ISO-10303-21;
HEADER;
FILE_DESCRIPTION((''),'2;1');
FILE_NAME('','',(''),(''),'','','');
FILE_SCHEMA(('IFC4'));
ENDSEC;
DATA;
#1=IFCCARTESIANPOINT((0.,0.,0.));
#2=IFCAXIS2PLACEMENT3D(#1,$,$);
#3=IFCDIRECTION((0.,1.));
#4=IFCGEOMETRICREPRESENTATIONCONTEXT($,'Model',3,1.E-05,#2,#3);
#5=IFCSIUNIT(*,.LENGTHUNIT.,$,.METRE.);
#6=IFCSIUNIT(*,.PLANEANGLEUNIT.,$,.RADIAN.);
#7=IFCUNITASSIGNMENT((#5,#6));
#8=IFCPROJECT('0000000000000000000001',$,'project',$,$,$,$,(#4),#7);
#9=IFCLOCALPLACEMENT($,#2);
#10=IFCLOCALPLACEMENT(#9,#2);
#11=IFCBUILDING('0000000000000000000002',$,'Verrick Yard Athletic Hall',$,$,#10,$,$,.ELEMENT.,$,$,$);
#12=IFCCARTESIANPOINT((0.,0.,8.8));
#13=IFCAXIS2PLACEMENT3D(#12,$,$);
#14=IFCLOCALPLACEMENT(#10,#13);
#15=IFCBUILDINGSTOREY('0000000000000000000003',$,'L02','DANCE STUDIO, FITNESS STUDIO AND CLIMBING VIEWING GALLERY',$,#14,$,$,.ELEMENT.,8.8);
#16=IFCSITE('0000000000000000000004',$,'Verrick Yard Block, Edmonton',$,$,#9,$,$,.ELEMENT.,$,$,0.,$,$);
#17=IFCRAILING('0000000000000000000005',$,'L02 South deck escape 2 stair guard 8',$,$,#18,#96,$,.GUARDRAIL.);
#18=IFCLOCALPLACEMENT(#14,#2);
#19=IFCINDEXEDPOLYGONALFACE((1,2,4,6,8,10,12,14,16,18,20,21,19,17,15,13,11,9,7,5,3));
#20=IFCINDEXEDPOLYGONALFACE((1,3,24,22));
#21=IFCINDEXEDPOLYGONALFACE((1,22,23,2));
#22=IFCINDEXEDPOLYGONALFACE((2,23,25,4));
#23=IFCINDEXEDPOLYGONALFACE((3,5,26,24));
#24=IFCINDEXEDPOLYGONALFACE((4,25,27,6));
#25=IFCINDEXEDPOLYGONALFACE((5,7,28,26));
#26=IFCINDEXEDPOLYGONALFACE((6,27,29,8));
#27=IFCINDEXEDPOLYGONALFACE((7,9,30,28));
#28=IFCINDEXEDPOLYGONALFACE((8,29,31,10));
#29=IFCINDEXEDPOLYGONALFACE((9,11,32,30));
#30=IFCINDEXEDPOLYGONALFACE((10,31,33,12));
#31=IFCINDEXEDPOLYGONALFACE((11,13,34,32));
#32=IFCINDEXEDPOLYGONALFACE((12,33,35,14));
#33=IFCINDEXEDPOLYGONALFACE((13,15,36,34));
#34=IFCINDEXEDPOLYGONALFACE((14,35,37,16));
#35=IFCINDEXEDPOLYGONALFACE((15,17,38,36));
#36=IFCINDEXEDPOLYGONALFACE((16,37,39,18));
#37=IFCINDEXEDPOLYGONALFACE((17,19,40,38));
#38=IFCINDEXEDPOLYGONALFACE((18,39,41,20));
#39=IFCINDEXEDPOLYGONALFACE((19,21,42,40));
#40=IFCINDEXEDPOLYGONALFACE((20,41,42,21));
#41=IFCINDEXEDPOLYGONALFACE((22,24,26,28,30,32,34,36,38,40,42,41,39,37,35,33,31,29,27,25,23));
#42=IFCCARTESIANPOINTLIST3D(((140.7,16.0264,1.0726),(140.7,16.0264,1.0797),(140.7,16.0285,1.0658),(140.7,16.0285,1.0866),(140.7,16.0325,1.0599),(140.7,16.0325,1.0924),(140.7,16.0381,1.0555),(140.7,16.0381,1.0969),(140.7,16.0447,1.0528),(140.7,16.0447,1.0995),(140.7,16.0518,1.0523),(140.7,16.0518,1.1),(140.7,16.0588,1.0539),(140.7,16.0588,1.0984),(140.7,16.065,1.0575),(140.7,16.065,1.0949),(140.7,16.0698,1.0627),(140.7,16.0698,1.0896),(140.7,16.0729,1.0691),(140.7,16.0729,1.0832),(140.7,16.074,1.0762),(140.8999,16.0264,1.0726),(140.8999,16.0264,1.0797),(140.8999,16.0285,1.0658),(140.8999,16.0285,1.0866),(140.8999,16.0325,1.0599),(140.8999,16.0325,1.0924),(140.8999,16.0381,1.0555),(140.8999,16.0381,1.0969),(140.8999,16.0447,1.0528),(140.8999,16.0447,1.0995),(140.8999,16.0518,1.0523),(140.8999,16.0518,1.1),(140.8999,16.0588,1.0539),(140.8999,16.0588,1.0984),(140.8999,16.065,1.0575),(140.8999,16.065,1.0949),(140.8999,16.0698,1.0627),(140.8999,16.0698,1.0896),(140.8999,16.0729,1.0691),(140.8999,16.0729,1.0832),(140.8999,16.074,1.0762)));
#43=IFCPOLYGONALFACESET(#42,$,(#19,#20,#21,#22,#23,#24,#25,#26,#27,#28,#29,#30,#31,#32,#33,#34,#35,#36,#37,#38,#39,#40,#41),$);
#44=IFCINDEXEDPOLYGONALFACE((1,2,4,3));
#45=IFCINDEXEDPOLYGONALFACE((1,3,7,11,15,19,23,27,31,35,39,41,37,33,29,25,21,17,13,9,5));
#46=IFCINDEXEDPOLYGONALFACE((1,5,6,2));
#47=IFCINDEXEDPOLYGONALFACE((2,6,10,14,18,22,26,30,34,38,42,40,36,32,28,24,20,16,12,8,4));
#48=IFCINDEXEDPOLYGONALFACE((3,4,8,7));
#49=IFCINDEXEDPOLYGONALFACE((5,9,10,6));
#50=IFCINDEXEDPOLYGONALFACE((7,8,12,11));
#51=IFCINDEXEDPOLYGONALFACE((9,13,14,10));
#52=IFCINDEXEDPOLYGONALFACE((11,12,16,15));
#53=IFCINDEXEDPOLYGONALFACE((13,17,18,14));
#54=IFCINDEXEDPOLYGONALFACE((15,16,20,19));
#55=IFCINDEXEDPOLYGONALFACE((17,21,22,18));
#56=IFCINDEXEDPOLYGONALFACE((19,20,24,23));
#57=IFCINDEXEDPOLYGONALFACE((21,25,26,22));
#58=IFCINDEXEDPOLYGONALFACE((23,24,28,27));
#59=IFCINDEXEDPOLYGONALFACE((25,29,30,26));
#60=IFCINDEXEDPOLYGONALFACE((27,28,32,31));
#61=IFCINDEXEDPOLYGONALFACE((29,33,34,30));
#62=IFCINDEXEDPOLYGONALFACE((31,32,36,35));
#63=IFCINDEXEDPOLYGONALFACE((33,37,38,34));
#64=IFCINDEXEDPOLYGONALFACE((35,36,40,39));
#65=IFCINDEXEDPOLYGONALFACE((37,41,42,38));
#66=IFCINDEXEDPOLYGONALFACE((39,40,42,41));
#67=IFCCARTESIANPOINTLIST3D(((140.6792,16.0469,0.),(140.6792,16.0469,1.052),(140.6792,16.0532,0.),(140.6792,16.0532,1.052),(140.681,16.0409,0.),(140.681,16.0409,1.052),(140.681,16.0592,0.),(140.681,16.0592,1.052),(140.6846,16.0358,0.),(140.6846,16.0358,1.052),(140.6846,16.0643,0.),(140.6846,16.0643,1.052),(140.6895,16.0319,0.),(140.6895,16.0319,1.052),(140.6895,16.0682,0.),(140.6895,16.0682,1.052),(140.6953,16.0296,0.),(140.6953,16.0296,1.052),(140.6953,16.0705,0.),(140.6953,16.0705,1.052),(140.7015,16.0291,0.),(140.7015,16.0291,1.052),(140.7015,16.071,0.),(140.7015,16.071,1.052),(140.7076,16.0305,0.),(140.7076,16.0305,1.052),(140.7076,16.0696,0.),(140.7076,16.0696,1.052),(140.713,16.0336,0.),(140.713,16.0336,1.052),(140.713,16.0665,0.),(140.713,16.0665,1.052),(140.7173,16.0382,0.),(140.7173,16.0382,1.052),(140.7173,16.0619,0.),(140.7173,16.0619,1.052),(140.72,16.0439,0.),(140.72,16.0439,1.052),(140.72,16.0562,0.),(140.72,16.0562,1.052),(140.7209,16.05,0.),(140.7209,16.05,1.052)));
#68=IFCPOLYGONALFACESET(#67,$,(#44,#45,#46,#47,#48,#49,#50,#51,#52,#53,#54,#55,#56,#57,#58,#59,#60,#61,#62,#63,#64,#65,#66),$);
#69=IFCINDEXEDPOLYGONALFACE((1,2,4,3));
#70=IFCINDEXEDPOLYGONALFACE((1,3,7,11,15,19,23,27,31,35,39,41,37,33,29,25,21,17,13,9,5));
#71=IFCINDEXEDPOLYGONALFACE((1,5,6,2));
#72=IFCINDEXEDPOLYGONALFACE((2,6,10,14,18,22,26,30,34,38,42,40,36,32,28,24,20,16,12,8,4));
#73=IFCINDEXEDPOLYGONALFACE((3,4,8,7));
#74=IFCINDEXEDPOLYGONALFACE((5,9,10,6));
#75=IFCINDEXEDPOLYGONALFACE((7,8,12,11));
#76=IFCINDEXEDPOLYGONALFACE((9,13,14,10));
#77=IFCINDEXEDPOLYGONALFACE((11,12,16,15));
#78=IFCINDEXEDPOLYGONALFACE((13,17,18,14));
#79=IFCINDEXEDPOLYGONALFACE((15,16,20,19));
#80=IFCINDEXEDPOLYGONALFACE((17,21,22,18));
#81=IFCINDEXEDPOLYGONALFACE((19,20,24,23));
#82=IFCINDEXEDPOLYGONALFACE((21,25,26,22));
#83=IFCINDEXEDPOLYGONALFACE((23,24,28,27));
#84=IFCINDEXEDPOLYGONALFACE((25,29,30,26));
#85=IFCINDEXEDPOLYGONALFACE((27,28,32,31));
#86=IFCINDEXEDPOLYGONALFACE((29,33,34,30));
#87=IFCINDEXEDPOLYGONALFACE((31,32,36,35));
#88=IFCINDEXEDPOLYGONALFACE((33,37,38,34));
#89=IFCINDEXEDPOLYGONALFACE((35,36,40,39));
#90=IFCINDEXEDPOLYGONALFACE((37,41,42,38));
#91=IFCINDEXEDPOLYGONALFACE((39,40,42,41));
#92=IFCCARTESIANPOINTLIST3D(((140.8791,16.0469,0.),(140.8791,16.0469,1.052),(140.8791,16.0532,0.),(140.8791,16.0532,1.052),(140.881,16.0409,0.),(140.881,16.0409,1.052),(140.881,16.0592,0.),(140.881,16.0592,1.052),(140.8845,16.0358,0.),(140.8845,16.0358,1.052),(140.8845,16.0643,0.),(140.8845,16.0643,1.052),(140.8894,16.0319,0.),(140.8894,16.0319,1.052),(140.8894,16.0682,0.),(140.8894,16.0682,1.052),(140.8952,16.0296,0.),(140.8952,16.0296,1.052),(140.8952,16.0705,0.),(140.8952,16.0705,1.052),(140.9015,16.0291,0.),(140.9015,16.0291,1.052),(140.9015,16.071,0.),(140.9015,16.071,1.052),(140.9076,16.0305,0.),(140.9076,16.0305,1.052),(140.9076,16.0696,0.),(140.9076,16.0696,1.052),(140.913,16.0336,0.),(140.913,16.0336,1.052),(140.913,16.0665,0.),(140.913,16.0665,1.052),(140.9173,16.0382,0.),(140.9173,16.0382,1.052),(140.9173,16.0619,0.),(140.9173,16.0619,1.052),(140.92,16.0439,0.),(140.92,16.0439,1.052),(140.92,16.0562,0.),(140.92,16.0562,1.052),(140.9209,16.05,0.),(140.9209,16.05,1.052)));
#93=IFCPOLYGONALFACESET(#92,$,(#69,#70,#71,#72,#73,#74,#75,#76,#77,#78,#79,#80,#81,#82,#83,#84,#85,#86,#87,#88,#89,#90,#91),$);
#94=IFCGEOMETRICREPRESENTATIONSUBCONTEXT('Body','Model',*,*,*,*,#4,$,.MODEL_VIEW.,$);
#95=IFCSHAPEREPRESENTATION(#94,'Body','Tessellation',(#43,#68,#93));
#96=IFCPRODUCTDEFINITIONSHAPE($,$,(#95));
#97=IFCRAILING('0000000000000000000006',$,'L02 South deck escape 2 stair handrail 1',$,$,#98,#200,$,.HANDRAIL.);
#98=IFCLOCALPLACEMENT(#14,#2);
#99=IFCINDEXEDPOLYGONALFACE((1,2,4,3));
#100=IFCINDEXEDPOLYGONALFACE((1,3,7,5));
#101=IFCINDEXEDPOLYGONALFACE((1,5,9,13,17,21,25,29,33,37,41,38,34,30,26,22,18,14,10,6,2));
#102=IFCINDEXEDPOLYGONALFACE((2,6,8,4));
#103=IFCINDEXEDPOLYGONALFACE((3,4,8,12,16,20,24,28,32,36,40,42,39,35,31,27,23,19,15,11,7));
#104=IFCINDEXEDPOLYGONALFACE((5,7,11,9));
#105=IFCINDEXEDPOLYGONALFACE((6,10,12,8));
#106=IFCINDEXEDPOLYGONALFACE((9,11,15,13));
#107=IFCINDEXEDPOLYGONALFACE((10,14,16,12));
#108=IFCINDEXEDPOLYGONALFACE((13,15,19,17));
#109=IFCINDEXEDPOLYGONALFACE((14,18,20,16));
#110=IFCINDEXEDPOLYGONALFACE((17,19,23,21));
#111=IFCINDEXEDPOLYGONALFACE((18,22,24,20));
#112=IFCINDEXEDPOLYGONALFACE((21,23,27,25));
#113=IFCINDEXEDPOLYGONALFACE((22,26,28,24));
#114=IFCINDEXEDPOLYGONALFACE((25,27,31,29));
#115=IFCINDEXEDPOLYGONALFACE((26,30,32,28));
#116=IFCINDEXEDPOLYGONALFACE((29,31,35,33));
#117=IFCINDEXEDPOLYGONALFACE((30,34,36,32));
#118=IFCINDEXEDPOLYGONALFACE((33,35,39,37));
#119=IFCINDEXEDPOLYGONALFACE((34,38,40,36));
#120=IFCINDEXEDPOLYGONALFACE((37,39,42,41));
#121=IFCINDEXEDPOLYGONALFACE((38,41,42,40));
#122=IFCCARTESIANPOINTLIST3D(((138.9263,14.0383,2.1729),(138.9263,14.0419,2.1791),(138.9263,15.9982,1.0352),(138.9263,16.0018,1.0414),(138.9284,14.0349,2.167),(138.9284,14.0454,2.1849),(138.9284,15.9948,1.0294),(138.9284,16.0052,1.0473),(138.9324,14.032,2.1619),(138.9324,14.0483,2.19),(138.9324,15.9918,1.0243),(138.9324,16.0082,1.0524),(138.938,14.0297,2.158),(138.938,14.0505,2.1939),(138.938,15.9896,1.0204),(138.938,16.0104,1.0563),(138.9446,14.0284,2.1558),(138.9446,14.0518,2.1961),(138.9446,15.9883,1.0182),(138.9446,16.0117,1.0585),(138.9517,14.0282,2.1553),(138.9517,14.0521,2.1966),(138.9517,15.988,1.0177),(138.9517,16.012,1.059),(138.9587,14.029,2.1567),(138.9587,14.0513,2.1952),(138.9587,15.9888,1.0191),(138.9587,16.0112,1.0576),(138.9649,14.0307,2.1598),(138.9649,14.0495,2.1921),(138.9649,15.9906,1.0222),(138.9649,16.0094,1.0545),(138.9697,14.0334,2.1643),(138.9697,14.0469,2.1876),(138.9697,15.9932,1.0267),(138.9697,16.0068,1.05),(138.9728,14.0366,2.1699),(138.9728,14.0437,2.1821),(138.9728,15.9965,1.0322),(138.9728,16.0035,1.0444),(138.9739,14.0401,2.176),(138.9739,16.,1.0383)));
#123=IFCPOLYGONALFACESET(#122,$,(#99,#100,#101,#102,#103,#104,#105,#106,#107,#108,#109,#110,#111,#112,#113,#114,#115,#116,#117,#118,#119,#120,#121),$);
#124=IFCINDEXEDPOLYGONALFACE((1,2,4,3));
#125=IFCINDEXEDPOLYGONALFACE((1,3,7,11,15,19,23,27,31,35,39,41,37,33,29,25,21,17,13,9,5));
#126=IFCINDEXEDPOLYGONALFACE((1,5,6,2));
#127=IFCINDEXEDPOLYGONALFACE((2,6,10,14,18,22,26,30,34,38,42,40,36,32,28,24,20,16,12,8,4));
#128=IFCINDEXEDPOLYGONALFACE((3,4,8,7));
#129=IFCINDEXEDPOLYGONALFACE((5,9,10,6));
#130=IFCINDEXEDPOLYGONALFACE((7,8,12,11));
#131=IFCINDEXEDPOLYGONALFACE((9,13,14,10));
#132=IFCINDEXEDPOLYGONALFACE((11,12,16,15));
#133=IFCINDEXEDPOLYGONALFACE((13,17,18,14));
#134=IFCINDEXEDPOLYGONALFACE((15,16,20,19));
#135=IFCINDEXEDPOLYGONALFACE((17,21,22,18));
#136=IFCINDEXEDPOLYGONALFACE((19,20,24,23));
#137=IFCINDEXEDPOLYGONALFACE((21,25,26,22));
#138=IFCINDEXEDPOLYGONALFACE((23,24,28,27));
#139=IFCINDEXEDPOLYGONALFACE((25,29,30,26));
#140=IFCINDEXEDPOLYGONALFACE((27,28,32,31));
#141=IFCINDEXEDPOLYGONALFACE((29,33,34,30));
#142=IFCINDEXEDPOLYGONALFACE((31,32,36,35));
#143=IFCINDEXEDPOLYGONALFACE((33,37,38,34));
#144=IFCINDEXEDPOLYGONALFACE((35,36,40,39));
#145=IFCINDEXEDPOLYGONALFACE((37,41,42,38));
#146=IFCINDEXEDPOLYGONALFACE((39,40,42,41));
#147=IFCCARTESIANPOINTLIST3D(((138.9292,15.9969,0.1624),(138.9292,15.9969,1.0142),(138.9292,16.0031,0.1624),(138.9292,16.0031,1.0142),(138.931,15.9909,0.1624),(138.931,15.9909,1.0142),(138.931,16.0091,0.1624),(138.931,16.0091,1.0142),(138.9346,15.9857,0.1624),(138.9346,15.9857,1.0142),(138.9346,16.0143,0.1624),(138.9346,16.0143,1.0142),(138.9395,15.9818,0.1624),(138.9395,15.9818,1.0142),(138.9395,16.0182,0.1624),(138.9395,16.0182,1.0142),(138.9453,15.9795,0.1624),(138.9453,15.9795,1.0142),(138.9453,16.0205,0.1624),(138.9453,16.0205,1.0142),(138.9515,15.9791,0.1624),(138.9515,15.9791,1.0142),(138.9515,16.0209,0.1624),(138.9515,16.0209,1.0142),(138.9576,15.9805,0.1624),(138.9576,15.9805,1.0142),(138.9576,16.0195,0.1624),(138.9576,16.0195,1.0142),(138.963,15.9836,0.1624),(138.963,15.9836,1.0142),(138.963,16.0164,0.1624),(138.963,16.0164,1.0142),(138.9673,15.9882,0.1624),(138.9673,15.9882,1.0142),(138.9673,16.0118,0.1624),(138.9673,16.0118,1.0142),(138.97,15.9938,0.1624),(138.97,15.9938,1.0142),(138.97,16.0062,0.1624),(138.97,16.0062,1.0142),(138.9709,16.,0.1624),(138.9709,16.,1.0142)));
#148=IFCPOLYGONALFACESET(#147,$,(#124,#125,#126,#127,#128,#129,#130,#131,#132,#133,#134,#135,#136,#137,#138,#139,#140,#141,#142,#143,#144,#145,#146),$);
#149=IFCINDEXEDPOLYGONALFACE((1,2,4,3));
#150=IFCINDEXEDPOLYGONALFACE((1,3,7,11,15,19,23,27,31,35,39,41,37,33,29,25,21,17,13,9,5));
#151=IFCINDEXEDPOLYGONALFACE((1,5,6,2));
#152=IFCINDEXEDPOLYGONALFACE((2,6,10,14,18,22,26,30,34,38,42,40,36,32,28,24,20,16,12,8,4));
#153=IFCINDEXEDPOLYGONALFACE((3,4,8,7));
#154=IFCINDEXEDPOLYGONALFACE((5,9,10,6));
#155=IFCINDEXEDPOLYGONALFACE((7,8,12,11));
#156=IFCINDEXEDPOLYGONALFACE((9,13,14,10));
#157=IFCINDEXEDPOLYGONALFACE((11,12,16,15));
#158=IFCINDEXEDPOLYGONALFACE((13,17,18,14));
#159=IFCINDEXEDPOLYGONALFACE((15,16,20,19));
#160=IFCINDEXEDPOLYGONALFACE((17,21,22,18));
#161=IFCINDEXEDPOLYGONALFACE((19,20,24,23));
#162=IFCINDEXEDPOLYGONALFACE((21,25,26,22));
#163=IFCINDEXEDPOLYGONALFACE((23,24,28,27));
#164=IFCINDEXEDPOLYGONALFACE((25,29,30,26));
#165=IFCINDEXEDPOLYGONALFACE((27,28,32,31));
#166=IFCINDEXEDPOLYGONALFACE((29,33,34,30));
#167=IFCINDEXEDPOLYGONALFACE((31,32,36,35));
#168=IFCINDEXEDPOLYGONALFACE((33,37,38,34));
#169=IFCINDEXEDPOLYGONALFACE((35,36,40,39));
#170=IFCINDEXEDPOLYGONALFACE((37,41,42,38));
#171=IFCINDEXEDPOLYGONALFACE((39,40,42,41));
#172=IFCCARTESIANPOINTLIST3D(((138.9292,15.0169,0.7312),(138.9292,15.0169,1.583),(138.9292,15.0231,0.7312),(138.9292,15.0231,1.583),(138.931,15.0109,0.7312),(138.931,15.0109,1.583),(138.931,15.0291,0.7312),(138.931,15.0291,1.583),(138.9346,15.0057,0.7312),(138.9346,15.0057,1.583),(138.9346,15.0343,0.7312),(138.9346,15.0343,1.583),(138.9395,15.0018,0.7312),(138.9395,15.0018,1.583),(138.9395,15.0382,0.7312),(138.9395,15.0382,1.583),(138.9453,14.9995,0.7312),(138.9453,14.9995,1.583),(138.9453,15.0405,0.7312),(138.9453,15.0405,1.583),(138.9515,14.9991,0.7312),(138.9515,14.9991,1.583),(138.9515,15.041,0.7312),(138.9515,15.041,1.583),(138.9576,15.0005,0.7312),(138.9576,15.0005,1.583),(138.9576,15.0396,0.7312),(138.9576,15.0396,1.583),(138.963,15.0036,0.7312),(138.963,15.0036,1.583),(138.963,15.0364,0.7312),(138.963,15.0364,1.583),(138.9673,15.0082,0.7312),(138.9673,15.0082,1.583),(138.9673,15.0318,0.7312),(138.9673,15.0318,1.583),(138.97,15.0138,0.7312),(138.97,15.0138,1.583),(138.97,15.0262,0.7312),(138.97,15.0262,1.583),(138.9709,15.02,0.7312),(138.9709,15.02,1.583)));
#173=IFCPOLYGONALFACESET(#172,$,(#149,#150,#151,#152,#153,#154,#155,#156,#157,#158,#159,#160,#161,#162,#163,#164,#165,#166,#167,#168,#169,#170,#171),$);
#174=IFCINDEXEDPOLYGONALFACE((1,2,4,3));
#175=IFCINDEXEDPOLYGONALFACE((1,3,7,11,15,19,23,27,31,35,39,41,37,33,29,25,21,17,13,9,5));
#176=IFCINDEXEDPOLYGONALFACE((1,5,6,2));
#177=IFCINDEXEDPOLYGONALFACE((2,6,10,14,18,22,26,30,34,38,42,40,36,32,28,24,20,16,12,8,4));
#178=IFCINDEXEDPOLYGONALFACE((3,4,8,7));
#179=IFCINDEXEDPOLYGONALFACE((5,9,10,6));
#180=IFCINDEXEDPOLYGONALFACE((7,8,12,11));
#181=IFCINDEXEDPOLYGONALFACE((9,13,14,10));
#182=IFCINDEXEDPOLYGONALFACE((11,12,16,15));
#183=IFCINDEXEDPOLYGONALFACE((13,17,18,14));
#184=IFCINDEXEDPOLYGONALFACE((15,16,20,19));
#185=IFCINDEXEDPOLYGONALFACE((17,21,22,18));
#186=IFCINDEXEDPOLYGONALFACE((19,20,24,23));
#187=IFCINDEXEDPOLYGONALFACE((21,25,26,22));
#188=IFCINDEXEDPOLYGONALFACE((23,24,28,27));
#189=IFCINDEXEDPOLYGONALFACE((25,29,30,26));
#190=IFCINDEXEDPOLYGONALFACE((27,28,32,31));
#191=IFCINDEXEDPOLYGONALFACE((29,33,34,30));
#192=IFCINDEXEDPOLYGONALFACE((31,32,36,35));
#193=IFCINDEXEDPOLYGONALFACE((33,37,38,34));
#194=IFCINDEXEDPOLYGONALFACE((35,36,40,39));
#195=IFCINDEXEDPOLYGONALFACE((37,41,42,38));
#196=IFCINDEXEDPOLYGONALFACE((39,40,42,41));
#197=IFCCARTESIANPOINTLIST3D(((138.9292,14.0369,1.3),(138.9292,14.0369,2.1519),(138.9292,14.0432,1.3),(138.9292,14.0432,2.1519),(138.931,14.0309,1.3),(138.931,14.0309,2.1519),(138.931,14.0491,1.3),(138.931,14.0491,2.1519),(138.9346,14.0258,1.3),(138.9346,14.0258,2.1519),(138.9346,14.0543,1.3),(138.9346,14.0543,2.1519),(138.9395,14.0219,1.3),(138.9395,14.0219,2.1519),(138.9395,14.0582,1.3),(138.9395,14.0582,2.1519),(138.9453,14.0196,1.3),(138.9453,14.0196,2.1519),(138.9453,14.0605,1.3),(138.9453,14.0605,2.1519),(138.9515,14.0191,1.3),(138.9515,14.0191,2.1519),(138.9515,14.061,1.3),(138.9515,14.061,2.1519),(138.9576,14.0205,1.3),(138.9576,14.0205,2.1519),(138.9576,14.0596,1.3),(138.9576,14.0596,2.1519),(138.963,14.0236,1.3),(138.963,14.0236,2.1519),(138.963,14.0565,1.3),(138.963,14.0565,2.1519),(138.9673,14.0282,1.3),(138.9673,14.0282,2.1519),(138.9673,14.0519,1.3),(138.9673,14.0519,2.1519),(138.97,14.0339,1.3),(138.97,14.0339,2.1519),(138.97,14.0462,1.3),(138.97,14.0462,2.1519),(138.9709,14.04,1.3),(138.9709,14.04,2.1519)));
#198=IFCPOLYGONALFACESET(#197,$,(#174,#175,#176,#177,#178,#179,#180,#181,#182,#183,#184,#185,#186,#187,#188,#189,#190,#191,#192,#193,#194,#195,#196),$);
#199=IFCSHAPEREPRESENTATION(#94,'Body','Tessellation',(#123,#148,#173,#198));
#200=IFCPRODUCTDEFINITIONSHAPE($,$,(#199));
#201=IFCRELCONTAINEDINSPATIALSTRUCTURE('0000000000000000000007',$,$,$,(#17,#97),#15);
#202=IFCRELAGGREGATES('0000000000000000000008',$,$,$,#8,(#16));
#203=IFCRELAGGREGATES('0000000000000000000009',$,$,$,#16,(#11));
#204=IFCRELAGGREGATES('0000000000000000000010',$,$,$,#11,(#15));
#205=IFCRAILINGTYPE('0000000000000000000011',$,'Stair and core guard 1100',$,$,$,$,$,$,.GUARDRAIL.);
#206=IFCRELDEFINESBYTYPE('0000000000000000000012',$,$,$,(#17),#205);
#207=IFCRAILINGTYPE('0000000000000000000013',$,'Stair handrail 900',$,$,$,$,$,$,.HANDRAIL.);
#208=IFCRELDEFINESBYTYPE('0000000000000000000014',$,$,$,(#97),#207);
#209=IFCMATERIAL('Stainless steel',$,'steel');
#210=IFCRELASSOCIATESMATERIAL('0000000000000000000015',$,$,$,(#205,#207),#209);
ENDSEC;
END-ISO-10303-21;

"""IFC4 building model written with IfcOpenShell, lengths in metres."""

from ifc_helpers import new_model, si_unit, direction, frame, origin, origin_2d, place, context, subcontext, project, spatial, circle, extrude, material, type_object, element, save


model = new_model("IFC4")

# Units and contexts
model_context = context("Model", 3, precision=1e-05, world=origin(), true_north=direction((0.0, 1.0)))
body_context = subcontext(model_context, "Body", "Model", "MODEL_VIEW")
ifc_project = project(units=[si_unit("LENGTHUNIT", "METRE"), si_unit("PLANEANGLEUNIT", "RADIAN")], contexts=[model_context])

# Site, building, storey
site_placement = place(None, origin())
site = spatial("IfcSite", under=ifc_project, at=site_placement, Name="Verrick Yard Block, Edmonton", CompositionType="ELEMENT", RefElevation=0.0)
building_placement = place(site_placement, origin())
building = spatial("IfcBuilding", under=site, at=building_placement, Name="Verrick Yard Athletic Hall", CompositionType="ELEMENT")
storey_placement = place(building_placement, frame((0.0, 0.0, 8.8)))
storey = spatial("IfcBuildingStorey", under=building, at=storey_placement, Name="L02", Description="DANCE STUDIO, FITNESS STUDIO AND CLIMBING VIEWING GALLERY", CompositionType="ELEMENT", Elevation=8.8)

# Railings
ifc_material_1 = material(Name="Stainless steel", Category="steel")
railing_type_1 = type_object("IfcRailingType", Name="Stair and core guard 1100", PredefinedType="GUARDRAIL", material=ifc_material_1)
railing_1_placement = place(storey_placement, frame((140.7, 16.05, 0.0)))
element("IfcRailing", 1, at=railing_1_placement, inside=storey, type_object=railing_type_1, Name="L02 South deck escape 2 stair guard 8", PredefinedType="GUARDRAIL", context=body_context, shape_type="SweptSolid", body=[
    extrude(circle(Radius=0.0239, at=origin_2d()), frame((0.0, 0.0, 1.0762), z_axis=(1.0, 0.0, 0.0), x_axis=(0.0, 1.0, 0.0)), (0.0, 0.0, 1.0), 0.2),
    extrude(circle(Radius=0.021, at=origin_2d()), origin(), (0.0, 0.0, 1.0), 1.052),
    extrude(circle(Radius=0.021, at=origin_2d()), frame((0.2, 0.0, 0.0)), (0.0, 0.0, 1.0), 1.052),
])
railing_type_2 = type_object("IfcRailingType", Name="Stair handrail 900", PredefinedType="HANDRAIL", material=ifc_material_1)
railing_2_placement = place(storey_placement, frame((138.95, 16.0, 0.1624)))
element("IfcRailing", 2, at=railing_2_placement, inside=storey, type_object=railing_type_2, Name="L02 South deck escape 2 stair handrail 1", PredefinedType="HANDRAIL", context=body_context, shape_type="SweptSolid", body=[
    extrude(circle(Radius=0.0239, at=origin_2d()), frame((0.0, 0.0, 0.876), z_axis=(0.0, -0.864855, 0.502021), x_axis=(1.0, 0.0, 0.0)), (0.0, 0.0, 1.0), 2.2661),
    extrude(circle(Radius=0.021, at=origin_2d()), origin(), (0.0, 0.0, 1.0), 0.8518),
    extrude(circle(Radius=0.021, at=origin_2d()), frame((0.0, -0.98, 0.5688)), (0.0, 0.0, 1.0), 0.8518),
    extrude(circle(Radius=0.021, at=origin_2d()), frame((0.0, -1.96, 1.1377)), (0.0, 0.0, 1.0), 0.8518),
])

save(model, "model.ifc")
